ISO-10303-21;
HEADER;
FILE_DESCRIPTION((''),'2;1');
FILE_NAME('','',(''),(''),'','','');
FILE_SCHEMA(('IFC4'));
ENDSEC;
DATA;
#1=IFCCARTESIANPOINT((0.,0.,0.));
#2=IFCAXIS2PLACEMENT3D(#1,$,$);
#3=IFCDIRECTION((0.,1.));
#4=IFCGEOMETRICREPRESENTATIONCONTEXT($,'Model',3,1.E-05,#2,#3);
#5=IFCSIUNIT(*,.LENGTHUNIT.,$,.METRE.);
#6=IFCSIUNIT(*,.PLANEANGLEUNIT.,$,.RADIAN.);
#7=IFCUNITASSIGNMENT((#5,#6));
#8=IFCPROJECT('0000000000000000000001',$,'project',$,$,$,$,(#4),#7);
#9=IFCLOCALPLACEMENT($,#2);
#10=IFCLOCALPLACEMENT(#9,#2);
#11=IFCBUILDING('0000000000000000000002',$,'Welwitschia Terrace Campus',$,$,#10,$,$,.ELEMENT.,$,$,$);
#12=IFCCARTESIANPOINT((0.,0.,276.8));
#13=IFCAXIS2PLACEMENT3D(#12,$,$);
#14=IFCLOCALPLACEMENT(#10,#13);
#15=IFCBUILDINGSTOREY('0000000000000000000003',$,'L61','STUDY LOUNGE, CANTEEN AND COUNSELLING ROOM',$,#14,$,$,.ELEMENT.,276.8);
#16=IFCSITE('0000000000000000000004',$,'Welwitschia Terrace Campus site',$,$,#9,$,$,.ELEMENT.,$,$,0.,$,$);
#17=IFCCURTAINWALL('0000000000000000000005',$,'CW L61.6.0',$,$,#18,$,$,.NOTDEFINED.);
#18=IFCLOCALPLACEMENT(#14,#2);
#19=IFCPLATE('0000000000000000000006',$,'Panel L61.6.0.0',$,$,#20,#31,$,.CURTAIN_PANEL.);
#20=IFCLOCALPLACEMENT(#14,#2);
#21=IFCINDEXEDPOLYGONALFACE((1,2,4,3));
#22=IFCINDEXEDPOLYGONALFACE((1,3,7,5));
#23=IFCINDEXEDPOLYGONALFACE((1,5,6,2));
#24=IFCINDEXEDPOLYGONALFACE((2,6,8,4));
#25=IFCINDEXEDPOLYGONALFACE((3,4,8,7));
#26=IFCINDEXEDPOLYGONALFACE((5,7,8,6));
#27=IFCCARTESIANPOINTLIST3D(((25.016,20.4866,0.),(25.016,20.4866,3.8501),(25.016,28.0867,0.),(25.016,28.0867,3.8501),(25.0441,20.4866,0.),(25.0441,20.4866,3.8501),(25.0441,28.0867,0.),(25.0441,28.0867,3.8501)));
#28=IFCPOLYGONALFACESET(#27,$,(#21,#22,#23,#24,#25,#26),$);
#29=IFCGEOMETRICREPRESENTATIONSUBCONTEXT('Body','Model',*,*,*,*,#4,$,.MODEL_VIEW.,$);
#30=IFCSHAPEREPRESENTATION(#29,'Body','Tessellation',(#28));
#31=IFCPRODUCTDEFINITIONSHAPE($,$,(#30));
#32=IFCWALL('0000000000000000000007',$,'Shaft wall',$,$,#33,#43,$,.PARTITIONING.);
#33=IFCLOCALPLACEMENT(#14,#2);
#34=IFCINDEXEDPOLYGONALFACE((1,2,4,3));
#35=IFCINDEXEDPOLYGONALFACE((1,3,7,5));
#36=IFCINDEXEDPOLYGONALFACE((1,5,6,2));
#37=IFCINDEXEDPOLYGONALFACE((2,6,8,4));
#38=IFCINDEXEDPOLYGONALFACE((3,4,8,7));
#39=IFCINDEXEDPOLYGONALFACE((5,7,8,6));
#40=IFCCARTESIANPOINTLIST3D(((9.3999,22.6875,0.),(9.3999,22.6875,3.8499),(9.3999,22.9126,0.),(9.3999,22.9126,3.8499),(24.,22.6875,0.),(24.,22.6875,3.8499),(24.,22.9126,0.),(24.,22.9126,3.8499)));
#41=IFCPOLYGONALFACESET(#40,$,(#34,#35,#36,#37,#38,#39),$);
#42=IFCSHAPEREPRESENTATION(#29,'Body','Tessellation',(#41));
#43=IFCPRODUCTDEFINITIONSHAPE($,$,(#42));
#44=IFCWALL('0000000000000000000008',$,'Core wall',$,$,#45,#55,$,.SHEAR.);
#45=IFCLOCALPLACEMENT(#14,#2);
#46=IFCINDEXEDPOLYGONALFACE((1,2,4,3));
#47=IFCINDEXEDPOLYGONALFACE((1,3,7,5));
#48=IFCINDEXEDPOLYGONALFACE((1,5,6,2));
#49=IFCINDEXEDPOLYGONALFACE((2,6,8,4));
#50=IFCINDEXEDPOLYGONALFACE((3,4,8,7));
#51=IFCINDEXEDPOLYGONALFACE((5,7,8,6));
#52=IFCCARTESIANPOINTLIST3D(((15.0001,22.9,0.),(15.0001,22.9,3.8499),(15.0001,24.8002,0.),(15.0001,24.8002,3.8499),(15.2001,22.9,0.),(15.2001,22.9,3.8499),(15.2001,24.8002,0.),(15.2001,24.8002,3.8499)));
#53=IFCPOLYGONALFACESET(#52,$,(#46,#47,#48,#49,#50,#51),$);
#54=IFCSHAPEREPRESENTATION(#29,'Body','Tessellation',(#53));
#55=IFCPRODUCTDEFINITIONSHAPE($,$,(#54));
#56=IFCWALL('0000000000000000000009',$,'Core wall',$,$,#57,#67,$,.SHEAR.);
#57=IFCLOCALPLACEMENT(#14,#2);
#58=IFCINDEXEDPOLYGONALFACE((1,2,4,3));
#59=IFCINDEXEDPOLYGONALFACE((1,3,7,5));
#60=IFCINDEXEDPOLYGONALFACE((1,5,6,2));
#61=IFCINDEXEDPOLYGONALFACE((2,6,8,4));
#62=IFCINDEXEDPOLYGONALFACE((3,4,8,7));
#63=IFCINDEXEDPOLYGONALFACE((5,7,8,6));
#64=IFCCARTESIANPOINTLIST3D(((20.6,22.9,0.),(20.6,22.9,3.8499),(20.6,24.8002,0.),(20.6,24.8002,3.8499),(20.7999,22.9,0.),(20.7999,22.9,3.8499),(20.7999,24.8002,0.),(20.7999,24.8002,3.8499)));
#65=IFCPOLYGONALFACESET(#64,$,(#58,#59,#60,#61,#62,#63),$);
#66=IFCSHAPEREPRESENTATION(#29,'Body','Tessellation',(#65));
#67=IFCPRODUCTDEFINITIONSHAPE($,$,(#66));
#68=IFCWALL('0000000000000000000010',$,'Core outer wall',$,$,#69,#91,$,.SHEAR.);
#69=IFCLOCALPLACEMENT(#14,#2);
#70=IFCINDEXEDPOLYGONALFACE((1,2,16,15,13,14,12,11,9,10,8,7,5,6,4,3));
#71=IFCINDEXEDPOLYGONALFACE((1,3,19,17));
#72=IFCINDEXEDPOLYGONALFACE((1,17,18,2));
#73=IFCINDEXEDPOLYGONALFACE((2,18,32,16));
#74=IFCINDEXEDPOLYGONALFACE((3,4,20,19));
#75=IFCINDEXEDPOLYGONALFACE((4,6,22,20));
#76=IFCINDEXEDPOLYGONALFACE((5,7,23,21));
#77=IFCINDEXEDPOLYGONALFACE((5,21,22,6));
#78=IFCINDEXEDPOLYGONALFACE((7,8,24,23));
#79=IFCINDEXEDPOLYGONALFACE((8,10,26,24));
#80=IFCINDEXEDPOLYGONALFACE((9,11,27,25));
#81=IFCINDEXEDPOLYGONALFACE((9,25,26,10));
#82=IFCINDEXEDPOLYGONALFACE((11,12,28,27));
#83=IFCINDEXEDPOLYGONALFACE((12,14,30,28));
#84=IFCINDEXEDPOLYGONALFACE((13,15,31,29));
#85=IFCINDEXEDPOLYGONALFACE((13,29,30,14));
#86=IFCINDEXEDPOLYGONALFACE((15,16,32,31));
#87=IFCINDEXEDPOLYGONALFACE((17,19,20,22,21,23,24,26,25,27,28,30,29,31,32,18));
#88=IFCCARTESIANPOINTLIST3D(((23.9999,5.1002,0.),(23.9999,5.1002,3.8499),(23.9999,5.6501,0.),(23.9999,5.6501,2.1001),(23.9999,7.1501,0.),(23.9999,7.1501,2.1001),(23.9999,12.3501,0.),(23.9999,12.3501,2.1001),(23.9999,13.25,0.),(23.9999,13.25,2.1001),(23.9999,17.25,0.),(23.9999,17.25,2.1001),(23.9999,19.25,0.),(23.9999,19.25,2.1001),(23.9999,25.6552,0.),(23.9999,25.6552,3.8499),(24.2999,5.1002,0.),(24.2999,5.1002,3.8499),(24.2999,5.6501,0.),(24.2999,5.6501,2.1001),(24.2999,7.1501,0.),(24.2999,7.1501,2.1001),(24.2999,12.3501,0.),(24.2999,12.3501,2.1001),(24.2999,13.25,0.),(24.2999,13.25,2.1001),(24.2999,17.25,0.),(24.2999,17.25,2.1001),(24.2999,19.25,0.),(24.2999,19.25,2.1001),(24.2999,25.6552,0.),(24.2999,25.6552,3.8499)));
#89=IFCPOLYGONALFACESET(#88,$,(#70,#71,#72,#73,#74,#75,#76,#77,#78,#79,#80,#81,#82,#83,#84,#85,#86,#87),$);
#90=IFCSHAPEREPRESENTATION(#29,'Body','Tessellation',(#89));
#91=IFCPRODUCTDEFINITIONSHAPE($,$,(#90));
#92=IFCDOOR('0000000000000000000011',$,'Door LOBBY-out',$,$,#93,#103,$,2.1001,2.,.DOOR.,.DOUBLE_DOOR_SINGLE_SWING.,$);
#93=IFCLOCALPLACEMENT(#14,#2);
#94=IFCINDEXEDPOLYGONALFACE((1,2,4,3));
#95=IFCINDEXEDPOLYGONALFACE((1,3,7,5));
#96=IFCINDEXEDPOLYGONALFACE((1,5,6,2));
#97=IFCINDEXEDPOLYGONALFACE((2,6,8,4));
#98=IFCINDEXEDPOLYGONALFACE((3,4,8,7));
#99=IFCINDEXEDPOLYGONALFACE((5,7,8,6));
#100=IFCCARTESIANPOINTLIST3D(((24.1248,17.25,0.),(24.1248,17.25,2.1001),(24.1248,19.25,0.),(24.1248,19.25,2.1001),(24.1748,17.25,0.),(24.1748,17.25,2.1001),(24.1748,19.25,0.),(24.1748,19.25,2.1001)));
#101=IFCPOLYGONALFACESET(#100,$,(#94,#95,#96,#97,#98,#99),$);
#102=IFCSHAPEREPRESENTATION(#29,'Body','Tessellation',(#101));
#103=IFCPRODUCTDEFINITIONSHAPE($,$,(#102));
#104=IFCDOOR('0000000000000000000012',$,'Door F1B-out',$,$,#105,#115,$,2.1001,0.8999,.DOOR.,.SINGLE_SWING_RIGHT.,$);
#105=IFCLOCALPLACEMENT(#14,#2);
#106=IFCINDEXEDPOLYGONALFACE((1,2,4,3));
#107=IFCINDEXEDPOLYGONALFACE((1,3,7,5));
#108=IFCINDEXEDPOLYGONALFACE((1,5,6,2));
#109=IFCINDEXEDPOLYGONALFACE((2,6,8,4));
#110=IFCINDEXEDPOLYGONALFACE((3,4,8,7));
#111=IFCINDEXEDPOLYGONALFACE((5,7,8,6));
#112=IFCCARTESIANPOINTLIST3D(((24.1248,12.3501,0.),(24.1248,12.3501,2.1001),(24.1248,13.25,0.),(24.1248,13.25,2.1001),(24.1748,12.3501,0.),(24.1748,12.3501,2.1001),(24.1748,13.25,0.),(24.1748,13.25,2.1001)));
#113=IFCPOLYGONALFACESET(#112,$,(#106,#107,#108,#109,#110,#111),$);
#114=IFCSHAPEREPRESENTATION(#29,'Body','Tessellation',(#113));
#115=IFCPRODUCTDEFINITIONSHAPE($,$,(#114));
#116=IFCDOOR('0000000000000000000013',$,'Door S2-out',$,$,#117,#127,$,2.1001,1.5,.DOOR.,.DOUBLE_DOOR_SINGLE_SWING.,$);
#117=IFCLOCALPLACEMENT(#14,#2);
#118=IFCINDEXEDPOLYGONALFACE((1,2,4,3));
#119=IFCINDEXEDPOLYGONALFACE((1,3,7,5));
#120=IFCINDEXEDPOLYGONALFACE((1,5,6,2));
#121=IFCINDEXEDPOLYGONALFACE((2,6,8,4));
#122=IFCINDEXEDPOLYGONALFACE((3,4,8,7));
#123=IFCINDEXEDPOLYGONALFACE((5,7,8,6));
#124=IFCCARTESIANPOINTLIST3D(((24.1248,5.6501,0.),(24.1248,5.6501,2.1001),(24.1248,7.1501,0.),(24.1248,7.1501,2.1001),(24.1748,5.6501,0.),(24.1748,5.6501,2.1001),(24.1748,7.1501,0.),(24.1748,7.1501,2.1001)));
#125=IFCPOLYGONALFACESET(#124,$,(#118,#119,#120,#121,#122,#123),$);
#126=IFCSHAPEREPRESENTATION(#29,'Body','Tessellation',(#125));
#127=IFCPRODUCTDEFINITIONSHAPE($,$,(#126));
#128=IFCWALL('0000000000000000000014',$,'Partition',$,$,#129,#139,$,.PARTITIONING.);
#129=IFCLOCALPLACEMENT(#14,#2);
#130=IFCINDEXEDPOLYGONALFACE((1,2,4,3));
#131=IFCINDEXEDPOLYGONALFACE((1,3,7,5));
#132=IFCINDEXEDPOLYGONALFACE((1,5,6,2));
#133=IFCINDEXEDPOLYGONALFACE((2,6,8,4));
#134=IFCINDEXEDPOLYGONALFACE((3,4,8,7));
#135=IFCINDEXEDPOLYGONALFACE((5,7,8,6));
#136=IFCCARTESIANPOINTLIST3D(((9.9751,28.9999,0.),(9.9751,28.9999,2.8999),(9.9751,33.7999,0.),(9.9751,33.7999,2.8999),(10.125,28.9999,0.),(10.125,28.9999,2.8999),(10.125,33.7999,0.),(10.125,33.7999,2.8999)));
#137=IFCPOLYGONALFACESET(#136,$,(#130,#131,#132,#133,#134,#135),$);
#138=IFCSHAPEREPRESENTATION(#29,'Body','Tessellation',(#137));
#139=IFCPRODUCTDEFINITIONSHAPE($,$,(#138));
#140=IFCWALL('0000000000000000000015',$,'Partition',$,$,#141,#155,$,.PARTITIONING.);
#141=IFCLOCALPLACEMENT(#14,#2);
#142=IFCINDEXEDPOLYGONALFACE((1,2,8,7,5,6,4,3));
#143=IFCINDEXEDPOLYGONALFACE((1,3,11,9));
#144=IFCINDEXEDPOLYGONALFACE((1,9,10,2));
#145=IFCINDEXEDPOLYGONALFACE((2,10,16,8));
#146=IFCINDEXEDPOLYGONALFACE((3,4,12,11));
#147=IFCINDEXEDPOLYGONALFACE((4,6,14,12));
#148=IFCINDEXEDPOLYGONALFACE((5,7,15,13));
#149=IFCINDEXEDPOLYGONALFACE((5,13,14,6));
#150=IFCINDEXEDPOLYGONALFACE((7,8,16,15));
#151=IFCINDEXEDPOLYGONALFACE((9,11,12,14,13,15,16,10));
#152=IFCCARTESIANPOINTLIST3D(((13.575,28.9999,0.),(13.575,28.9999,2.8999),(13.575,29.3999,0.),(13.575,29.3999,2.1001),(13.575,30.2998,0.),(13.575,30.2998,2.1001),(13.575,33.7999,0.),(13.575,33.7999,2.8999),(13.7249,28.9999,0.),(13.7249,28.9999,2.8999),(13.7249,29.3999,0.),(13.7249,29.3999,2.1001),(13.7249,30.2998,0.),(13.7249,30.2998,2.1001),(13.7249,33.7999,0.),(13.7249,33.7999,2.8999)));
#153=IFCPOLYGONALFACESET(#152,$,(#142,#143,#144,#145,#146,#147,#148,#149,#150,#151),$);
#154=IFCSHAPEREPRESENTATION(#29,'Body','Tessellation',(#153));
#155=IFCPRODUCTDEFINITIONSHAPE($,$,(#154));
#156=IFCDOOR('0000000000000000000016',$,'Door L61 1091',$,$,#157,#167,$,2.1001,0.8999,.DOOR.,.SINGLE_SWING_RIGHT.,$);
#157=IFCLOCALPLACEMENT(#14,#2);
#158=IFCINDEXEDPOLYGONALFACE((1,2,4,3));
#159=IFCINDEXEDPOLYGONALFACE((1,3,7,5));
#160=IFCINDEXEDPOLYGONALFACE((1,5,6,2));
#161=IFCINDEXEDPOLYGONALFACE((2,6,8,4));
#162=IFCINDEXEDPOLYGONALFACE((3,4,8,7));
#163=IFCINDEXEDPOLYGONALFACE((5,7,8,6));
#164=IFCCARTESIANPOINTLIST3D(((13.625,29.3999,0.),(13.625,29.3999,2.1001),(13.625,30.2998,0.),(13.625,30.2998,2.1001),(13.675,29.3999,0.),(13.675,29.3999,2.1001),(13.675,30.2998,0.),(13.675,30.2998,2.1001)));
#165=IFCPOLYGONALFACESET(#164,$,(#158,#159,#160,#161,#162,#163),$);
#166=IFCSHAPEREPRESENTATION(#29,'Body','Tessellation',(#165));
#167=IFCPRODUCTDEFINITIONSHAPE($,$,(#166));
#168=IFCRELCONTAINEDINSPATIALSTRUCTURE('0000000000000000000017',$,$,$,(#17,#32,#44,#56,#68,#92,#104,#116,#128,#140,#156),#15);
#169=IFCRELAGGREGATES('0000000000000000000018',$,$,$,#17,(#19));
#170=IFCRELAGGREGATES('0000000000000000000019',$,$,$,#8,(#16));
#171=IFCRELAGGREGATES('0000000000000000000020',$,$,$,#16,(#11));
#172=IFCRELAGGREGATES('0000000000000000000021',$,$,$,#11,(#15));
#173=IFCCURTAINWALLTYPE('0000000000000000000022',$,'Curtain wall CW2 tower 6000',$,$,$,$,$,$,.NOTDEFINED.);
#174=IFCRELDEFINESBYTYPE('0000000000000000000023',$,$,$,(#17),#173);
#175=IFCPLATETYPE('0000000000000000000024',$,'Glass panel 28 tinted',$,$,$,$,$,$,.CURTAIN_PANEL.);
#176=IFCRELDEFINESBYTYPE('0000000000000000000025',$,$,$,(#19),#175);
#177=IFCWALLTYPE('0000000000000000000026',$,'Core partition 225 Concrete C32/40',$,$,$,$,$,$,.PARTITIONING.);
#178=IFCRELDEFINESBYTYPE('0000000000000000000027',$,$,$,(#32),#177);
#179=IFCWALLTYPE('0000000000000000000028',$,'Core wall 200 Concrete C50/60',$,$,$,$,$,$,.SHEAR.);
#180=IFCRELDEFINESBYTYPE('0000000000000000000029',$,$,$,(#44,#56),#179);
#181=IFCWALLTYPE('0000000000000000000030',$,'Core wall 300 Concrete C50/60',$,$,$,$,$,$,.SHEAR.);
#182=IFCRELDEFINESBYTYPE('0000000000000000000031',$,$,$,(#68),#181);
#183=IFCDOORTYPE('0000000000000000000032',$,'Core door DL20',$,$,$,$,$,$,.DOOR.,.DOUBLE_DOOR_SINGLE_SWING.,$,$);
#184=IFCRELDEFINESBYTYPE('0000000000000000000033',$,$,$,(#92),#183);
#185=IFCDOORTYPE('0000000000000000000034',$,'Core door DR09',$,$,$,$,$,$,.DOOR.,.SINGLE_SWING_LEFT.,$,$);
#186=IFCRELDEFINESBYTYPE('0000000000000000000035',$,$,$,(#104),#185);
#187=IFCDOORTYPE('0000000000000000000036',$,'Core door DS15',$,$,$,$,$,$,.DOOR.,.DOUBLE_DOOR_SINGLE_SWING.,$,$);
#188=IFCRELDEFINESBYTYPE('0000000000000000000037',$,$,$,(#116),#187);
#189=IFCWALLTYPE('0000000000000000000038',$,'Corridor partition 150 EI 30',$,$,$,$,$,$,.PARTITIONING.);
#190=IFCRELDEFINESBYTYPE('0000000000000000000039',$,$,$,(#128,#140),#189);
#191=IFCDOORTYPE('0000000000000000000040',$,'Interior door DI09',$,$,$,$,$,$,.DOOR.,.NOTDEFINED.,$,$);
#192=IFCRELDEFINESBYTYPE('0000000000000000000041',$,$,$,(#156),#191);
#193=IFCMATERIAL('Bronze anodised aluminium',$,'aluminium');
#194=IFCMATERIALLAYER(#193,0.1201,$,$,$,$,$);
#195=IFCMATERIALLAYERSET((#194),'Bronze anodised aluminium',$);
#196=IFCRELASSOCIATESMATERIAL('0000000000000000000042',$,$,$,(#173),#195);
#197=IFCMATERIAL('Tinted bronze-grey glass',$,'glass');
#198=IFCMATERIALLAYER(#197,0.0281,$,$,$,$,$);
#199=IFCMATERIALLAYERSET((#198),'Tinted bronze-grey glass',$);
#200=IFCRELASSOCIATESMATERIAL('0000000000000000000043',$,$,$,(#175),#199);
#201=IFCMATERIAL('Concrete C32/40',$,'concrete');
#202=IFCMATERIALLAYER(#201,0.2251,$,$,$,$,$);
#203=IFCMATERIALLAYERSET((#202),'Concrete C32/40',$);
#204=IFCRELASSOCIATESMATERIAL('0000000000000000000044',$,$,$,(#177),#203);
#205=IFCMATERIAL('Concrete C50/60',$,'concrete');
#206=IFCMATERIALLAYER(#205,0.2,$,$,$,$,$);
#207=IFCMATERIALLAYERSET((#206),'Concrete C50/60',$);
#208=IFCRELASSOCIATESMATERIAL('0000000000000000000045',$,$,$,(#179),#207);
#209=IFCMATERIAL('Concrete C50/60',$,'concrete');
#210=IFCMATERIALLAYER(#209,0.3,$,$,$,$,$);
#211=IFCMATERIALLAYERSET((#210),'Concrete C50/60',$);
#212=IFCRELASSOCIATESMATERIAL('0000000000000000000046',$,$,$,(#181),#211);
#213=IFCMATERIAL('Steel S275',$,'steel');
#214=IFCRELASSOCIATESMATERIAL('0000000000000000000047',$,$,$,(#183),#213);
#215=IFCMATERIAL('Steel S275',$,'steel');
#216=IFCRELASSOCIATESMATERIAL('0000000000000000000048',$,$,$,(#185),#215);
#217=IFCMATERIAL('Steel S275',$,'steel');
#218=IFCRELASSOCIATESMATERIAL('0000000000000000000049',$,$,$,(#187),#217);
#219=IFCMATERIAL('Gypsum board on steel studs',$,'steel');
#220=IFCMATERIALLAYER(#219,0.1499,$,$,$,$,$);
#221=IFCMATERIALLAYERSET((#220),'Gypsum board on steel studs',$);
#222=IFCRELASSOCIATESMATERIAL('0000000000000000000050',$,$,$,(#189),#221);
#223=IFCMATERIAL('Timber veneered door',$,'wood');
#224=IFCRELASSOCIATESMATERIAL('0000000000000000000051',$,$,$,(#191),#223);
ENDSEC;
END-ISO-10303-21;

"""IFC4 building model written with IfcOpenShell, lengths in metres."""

from ifc_helpers import new_model, si_unit, direction, frame, frame_2d, origin, origin_2d, place, context, subcontext, project, spatial, rectangle, extrude, material, layer, layer_set, type_object, element, fill, aggregate, save


model = new_model("IFC4")

# Units and contexts
model_context = context("Model", 3, precision=1e-05, world=origin(), true_north=direction((0.0, 1.0)))
body_context = subcontext(model_context, "Body", "Model", "MODEL_VIEW")
ifc_project = project(units=[si_unit("LENGTHUNIT", "METRE"), si_unit("PLANEANGLEUNIT", "RADIAN")], contexts=[model_context])

# Site, building, storey
site_placement = place(None, origin())
site = spatial("IfcSite", under=ifc_project, at=site_placement, Name="Welwitschia Terrace Campus site", CompositionType="ELEMENT", RefElevation=0.0)
building_placement = place(site_placement, origin())
building = spatial("IfcBuilding", under=site, at=building_placement, Name="Welwitschia Terrace Campus", CompositionType="ELEMENT")
storey_placement = place(building_placement, frame((0.0, 0.0, 276.8)))
storey = spatial("IfcBuildingStorey", under=building, at=storey_placement, Name="L61", Description="STUDY LOUNGE, CANTEEN AND COUNSELLING ROOM", CompositionType="ELEMENT", Elevation=276.8)

# Curtain wall
ifc_material_1 = material(Name="Bronze anodised aluminium", Category="aluminium")
ifc_layer_1 = layer(ifc_material_1, 0.1201)
ifc_layer_set_1 = layer_set([ifc_layer_1], Name="Bronze anodised aluminium")
curtain_wall_type = type_object("IfcCurtainWallType", Name="Curtain wall CW2 tower 6000", PredefinedType="NOTDEFINED", material=ifc_layer_set_1)
curtain_wall_1_placement = place(storey_placement, origin())
curtain_wall_1 = element("IfcCurtainWall", 1, at=curtain_wall_1_placement, inside=storey, type_object=curtain_wall_type, Name="CW L61.6.0", PredefinedType="NOTDEFINED")

# Plate
ifc_material_2 = material(Name="Tinted bronze-grey glass", Category="glass")
ifc_layer_2 = layer(ifc_material_2, 0.0281)
ifc_layer_set_2 = layer_set([ifc_layer_2], Name="Tinted bronze-grey glass")
plate_type = type_object("IfcPlateType", Name="Glass panel 28 tinted", PredefinedType="CURTAIN_PANEL", material=ifc_layer_set_2)
plate_placement = place(storey_placement, frame((25.03, 24.2866, 0.0), z_axis=(0.0, 0.0, 1.0), x_axis=(0.0, 1.0, 0.0)))
plate = element("IfcPlate", 2, at=plate_placement, type_object=plate_type, Name="Panel L61.6.0.0", PredefinedType="CURTAIN_PANEL", context=body_context, shape_type="SweptSolid", body=[
    extrude(rectangle(XDim=7.6001, YDim=0.0281, at=origin_2d()), origin(), (0.0, 0.0, 1.0), 3.8501),
])
aggregate(curtain_wall_1, [plate])

# Walls
ifc_material_3 = material(Name="Concrete C32/40", Category="concrete")
ifc_layer_3 = layer(ifc_material_3, 0.2251)
ifc_layer_set_3 = layer_set([ifc_layer_3], Name="Concrete C32/40")
wall_type_1 = type_object("IfcWallType", Name="Core partition 225 Concrete C32/40", PredefinedType="PARTITIONING", material=ifc_layer_set_3)
wall_1_placement = place(storey_placement, frame((9.3999, 22.8, 0.0), z_axis=(0.0, 0.0, 1.0), x_axis=(1.0, 0.0, 0.0)))
element("IfcWall", 3, at=wall_1_placement, inside=storey, type_object=wall_type_1, Name="Shaft wall", PredefinedType="PARTITIONING", context=body_context, shape_type="SweptSolid", body=[
    extrude(rectangle(XDim=14.6001, YDim=0.2251, at=frame_2d((7.3, 0.0))), origin(), (0.0, 0.0, 1.0), 3.8499),
])
ifc_material_4 = material(Name="Concrete C50/60", Category="concrete")
ifc_layer_4 = layer(ifc_material_4, 0.2)
ifc_layer_set_4 = layer_set([ifc_layer_4], Name="Concrete C50/60")
wall_type_2 = type_object("IfcWallType", Name="Core wall 200 Concrete C50/60", PredefinedType="SHEAR", material=ifc_layer_set_4)
for number, where, z_axis, x_axis, name in (
    (4, (15.1001, 22.8999, 0.0), (0.0, 0.0, 1.0), (0.0, 1.0, 0.0), "Core wall"),
    (5, (20.7, 22.8999, 0.0), (0.0, 0.0, 1.0), (0.0, 1.0, 0.0), "Core wall"),
):
    element("IfcWall", number, at=place(storey_placement, frame(where, z_axis=z_axis, x_axis=x_axis)), inside=storey, type_object=wall_type_2, Name=name, PredefinedType="SHEAR", context=body_context, shape_type="SweptSolid", body=[
        extrude(rectangle(XDim=1.9001, YDim=0.2, at=frame_2d((0.9502, 0.0))), origin(), (0.0, 0.0, 1.0), 3.8499),
    ])

# Wall, openings, doors
ifc_material_5 = material(Name="Concrete C50/60", Category="concrete")
ifc_layer_5 = layer(ifc_material_5, 0.3)
ifc_layer_set_5 = layer_set([ifc_layer_5], Name="Concrete C50/60")
wall_type_3 = type_object("IfcWallType", Name="Core wall 300 Concrete C50/60", PredefinedType="SHEAR", material=ifc_layer_set_5)
wall_2_placement = place(storey_placement, frame((24.1499, 25.655, 0.0), z_axis=(0.0, 0.0, 1.0), x_axis=(0.0, -1.0, 0.0)))
wall_2 = element("IfcWall", 6, at=wall_2_placement, inside=storey, type_object=wall_type_3, Name="Core outer wall", PredefinedType="SHEAR", context=body_context, shape_type="SweptSolid", body=[
    extrude(rectangle(XDim=20.5549, YDim=0.3, at=frame_2d((10.2773, 0.0))), origin(), (0.0, 0.0, 1.0), 3.8499),
])
opening_1_placement = place(wall_2_placement, frame((18.5049, 0.0, 0.0)))
opening_1 = element("IfcOpeningElement", 7, at=opening_1_placement, cuts=wall_2, PredefinedType="OPENING", context=body_context, shape_type="SweptSolid", body=[
    extrude(rectangle(XDim=1.5, YDim=2.1001, at=frame_2d((0.75, 1.05))), frame((0.0, 0.1599, 0.0), z_axis=(0.0, -1.0, 0.0), x_axis=(1.0, 0.0, 0.0)), (0.0, 0.0, 1.0), 0.3201),
])
opening_2_placement = place(wall_2_placement, frame((12.405, 0.0, 0.0)))
opening_2 = element("IfcOpeningElement", 8, at=opening_2_placement, cuts=wall_2, PredefinedType="OPENING", context=body_context, shape_type="SweptSolid", body=[
    extrude(rectangle(XDim=0.8999, YDim=2.1001, at=frame_2d((0.45, 1.05))), frame((0.0, 0.1599, 0.0), z_axis=(0.0, -1.0, 0.0), x_axis=(1.0, 0.0, 0.0)), (0.0, 0.0, 1.0), 0.3201),
])
opening_3_placement = place(wall_2_placement, frame((6.405, 0.0, 0.0)))
opening_3 = element("IfcOpeningElement", 9, at=opening_3_placement, cuts=wall_2, PredefinedType="OPENING", context=body_context, shape_type="SweptSolid", body=[
    extrude(rectangle(XDim=2.0, YDim=2.1001, at=frame_2d((1.0, 1.05))), frame((0.0, 0.1599, 0.0), z_axis=(0.0, -1.0, 0.0), x_axis=(1.0, 0.0, 0.0)), (0.0, 0.0, 1.0), 0.3201),
])
ifc_material_6 = material(Name="Steel S275", Category="steel")
door_type_1 = type_object("IfcDoorType", Name="Core door DL20", OperationType="DOUBLE_DOOR_SINGLE_SWING", PredefinedType="DOOR", material=ifc_material_6)
door_1_placement = place(opening_3_placement, origin())
door_1 = element("IfcDoor", 10, at=door_1_placement, inside=storey, type_object=door_type_1, Name="Door LOBBY-out", OperationType="DOUBLE_DOOR_SINGLE_SWING", OverallHeight=2.1001, OverallWidth=2.0, PredefinedType="DOOR", context=body_context, shape_type="SweptSolid", body=[
    extrude(rectangle(XDim=2.0, YDim=2.1001, at=frame_2d((1.0, 1.05))), frame((0.0, 0.0249, 0.0), z_axis=(0.0, -1.0, 0.0), x_axis=(1.0, 0.0, 0.0)), (0.0, 0.0, 1.0), 0.05),
])
fill(opening_3, door_1)
ifc_material_7 = material(Name="Steel S275", Category="steel")
door_type_2 = type_object("IfcDoorType", Name="Core door DR09", OperationType="SINGLE_SWING_LEFT", PredefinedType="DOOR", material=ifc_material_7)
door_2_placement = place(opening_2_placement, origin())
door_2 = element("IfcDoor", 11, at=door_2_placement, inside=storey, type_object=door_type_2, Name="Door F1B-out", OperationType="SINGLE_SWING_RIGHT", OverallHeight=2.1001, OverallWidth=0.8999, PredefinedType="DOOR", context=body_context, shape_type="SweptSolid", body=[
    extrude(rectangle(XDim=0.8999, YDim=2.1001, at=frame_2d((0.45, 1.05))), frame((0.0, 0.0249, 0.0), z_axis=(0.0, -1.0, 0.0), x_axis=(1.0, 0.0, 0.0)), (0.0, 0.0, 1.0), 0.05),
])
fill(opening_2, door_2)
ifc_material_8 = material(Name="Steel S275", Category="steel")
door_type_3 = type_object("IfcDoorType", Name="Core door DS15", OperationType="DOUBLE_DOOR_SINGLE_SWING", PredefinedType="DOOR", material=ifc_material_8)
door_3_placement = place(opening_1_placement, origin())
door_3 = element("IfcDoor", 12, at=door_3_placement, inside=storey, type_object=door_type_3, Name="Door S2-out", OperationType="DOUBLE_DOOR_SINGLE_SWING", OverallHeight=2.1001, OverallWidth=1.5, PredefinedType="DOOR", context=body_context, shape_type="SweptSolid", body=[
    extrude(rectangle(XDim=1.5, YDim=2.1001, at=frame_2d((0.75, 1.05))), frame((0.0, 0.0249, 0.0), z_axis=(0.0, -1.0, 0.0), x_axis=(1.0, 0.0, 0.0)), (0.0, 0.0, 1.0), 0.05),
])
fill(opening_1, door_3)

# Wall
ifc_material_9 = material(Name="Gypsum board on steel studs", Category="steel")
ifc_layer_6 = layer(ifc_material_9, 0.1499)
ifc_layer_set_6 = layer_set([ifc_layer_6], Name="Gypsum board on steel studs")
wall_type_4 = type_object("IfcWallType", Name="Corridor partition 150 EI 30", PredefinedType="PARTITIONING", material=ifc_layer_set_6)
wall_3_placement = place(storey_placement, frame((10.05, 29.0, 0.0), z_axis=(0.0, 0.0, 1.0), x_axis=(0.0, 1.0, 0.0)))
element("IfcWall", 13, at=wall_3_placement, inside=storey, type_object=wall_type_4, Name="Partition", PredefinedType="PARTITIONING", context=body_context, shape_type="SweptSolid", body=[
    extrude(rectangle(XDim=4.8, YDim=0.1499, at=frame_2d((2.3999, 0.0))), origin(), (0.0, 0.0, 1.0), 2.8999),
])

# Wall, opening, door
wall_4_placement = place(storey_placement, frame((13.6499, 29.0, 0.0), z_axis=(0.0, 0.0, 1.0), x_axis=(0.0, 1.0, 0.0)))
wall_4 = element("IfcWall", 14, at=wall_4_placement, inside=storey, type_object=wall_type_4, Name="Partition", PredefinedType="PARTITIONING", context=body_context, shape_type="SweptSolid", body=[
    extrude(rectangle(XDim=4.8, YDim=0.1499, at=frame_2d((2.3999, 0.0))), origin(), (0.0, 0.0, 1.0), 2.8999),
])
opening_4_placement = place(wall_4_placement, frame((0.3999, 0.0, 0.0)))
opening_4 = element("IfcOpeningElement", 15, at=opening_4_placement, cuts=wall_4, PredefinedType="OPENING", context=body_context, shape_type="SweptSolid", body=[
    extrude(rectangle(XDim=0.8999, YDim=2.1001, at=frame_2d((0.45, 1.05))), frame((0.0, 0.085, 0.0), z_axis=(0.0, -1.0, 0.0), x_axis=(1.0, 0.0, 0.0)), (0.0, 0.0, 1.0), 0.1699),
])
ifc_material_10 = material(Name="Timber veneered door", Category="wood")
door_type_4 = type_object("IfcDoorType", Name="Interior door DI09", OperationType="NOTDEFINED", PredefinedType="DOOR", material=ifc_material_10)
door_4_placement = place(opening_4_placement, origin())
door_4 = element("IfcDoor", 16, at=door_4_placement, inside=storey, type_object=door_type_4, Name="Door L61 1091", OperationType="SINGLE_SWING_RIGHT", OverallHeight=2.1001, OverallWidth=0.8999, PredefinedType="DOOR", context=body_context, shape_type="SweptSolid", body=[
    extrude(rectangle(XDim=0.8999, YDim=2.1001, at=frame_2d((0.45, 1.05))), frame((0.0, 0.0249, 0.0), z_axis=(0.0, -1.0, 0.0), x_axis=(1.0, 0.0, 0.0)), (0.0, 0.0, 1.0), 0.05),
])
fill(opening_4, door_4)

save(model, "model.ifc")
